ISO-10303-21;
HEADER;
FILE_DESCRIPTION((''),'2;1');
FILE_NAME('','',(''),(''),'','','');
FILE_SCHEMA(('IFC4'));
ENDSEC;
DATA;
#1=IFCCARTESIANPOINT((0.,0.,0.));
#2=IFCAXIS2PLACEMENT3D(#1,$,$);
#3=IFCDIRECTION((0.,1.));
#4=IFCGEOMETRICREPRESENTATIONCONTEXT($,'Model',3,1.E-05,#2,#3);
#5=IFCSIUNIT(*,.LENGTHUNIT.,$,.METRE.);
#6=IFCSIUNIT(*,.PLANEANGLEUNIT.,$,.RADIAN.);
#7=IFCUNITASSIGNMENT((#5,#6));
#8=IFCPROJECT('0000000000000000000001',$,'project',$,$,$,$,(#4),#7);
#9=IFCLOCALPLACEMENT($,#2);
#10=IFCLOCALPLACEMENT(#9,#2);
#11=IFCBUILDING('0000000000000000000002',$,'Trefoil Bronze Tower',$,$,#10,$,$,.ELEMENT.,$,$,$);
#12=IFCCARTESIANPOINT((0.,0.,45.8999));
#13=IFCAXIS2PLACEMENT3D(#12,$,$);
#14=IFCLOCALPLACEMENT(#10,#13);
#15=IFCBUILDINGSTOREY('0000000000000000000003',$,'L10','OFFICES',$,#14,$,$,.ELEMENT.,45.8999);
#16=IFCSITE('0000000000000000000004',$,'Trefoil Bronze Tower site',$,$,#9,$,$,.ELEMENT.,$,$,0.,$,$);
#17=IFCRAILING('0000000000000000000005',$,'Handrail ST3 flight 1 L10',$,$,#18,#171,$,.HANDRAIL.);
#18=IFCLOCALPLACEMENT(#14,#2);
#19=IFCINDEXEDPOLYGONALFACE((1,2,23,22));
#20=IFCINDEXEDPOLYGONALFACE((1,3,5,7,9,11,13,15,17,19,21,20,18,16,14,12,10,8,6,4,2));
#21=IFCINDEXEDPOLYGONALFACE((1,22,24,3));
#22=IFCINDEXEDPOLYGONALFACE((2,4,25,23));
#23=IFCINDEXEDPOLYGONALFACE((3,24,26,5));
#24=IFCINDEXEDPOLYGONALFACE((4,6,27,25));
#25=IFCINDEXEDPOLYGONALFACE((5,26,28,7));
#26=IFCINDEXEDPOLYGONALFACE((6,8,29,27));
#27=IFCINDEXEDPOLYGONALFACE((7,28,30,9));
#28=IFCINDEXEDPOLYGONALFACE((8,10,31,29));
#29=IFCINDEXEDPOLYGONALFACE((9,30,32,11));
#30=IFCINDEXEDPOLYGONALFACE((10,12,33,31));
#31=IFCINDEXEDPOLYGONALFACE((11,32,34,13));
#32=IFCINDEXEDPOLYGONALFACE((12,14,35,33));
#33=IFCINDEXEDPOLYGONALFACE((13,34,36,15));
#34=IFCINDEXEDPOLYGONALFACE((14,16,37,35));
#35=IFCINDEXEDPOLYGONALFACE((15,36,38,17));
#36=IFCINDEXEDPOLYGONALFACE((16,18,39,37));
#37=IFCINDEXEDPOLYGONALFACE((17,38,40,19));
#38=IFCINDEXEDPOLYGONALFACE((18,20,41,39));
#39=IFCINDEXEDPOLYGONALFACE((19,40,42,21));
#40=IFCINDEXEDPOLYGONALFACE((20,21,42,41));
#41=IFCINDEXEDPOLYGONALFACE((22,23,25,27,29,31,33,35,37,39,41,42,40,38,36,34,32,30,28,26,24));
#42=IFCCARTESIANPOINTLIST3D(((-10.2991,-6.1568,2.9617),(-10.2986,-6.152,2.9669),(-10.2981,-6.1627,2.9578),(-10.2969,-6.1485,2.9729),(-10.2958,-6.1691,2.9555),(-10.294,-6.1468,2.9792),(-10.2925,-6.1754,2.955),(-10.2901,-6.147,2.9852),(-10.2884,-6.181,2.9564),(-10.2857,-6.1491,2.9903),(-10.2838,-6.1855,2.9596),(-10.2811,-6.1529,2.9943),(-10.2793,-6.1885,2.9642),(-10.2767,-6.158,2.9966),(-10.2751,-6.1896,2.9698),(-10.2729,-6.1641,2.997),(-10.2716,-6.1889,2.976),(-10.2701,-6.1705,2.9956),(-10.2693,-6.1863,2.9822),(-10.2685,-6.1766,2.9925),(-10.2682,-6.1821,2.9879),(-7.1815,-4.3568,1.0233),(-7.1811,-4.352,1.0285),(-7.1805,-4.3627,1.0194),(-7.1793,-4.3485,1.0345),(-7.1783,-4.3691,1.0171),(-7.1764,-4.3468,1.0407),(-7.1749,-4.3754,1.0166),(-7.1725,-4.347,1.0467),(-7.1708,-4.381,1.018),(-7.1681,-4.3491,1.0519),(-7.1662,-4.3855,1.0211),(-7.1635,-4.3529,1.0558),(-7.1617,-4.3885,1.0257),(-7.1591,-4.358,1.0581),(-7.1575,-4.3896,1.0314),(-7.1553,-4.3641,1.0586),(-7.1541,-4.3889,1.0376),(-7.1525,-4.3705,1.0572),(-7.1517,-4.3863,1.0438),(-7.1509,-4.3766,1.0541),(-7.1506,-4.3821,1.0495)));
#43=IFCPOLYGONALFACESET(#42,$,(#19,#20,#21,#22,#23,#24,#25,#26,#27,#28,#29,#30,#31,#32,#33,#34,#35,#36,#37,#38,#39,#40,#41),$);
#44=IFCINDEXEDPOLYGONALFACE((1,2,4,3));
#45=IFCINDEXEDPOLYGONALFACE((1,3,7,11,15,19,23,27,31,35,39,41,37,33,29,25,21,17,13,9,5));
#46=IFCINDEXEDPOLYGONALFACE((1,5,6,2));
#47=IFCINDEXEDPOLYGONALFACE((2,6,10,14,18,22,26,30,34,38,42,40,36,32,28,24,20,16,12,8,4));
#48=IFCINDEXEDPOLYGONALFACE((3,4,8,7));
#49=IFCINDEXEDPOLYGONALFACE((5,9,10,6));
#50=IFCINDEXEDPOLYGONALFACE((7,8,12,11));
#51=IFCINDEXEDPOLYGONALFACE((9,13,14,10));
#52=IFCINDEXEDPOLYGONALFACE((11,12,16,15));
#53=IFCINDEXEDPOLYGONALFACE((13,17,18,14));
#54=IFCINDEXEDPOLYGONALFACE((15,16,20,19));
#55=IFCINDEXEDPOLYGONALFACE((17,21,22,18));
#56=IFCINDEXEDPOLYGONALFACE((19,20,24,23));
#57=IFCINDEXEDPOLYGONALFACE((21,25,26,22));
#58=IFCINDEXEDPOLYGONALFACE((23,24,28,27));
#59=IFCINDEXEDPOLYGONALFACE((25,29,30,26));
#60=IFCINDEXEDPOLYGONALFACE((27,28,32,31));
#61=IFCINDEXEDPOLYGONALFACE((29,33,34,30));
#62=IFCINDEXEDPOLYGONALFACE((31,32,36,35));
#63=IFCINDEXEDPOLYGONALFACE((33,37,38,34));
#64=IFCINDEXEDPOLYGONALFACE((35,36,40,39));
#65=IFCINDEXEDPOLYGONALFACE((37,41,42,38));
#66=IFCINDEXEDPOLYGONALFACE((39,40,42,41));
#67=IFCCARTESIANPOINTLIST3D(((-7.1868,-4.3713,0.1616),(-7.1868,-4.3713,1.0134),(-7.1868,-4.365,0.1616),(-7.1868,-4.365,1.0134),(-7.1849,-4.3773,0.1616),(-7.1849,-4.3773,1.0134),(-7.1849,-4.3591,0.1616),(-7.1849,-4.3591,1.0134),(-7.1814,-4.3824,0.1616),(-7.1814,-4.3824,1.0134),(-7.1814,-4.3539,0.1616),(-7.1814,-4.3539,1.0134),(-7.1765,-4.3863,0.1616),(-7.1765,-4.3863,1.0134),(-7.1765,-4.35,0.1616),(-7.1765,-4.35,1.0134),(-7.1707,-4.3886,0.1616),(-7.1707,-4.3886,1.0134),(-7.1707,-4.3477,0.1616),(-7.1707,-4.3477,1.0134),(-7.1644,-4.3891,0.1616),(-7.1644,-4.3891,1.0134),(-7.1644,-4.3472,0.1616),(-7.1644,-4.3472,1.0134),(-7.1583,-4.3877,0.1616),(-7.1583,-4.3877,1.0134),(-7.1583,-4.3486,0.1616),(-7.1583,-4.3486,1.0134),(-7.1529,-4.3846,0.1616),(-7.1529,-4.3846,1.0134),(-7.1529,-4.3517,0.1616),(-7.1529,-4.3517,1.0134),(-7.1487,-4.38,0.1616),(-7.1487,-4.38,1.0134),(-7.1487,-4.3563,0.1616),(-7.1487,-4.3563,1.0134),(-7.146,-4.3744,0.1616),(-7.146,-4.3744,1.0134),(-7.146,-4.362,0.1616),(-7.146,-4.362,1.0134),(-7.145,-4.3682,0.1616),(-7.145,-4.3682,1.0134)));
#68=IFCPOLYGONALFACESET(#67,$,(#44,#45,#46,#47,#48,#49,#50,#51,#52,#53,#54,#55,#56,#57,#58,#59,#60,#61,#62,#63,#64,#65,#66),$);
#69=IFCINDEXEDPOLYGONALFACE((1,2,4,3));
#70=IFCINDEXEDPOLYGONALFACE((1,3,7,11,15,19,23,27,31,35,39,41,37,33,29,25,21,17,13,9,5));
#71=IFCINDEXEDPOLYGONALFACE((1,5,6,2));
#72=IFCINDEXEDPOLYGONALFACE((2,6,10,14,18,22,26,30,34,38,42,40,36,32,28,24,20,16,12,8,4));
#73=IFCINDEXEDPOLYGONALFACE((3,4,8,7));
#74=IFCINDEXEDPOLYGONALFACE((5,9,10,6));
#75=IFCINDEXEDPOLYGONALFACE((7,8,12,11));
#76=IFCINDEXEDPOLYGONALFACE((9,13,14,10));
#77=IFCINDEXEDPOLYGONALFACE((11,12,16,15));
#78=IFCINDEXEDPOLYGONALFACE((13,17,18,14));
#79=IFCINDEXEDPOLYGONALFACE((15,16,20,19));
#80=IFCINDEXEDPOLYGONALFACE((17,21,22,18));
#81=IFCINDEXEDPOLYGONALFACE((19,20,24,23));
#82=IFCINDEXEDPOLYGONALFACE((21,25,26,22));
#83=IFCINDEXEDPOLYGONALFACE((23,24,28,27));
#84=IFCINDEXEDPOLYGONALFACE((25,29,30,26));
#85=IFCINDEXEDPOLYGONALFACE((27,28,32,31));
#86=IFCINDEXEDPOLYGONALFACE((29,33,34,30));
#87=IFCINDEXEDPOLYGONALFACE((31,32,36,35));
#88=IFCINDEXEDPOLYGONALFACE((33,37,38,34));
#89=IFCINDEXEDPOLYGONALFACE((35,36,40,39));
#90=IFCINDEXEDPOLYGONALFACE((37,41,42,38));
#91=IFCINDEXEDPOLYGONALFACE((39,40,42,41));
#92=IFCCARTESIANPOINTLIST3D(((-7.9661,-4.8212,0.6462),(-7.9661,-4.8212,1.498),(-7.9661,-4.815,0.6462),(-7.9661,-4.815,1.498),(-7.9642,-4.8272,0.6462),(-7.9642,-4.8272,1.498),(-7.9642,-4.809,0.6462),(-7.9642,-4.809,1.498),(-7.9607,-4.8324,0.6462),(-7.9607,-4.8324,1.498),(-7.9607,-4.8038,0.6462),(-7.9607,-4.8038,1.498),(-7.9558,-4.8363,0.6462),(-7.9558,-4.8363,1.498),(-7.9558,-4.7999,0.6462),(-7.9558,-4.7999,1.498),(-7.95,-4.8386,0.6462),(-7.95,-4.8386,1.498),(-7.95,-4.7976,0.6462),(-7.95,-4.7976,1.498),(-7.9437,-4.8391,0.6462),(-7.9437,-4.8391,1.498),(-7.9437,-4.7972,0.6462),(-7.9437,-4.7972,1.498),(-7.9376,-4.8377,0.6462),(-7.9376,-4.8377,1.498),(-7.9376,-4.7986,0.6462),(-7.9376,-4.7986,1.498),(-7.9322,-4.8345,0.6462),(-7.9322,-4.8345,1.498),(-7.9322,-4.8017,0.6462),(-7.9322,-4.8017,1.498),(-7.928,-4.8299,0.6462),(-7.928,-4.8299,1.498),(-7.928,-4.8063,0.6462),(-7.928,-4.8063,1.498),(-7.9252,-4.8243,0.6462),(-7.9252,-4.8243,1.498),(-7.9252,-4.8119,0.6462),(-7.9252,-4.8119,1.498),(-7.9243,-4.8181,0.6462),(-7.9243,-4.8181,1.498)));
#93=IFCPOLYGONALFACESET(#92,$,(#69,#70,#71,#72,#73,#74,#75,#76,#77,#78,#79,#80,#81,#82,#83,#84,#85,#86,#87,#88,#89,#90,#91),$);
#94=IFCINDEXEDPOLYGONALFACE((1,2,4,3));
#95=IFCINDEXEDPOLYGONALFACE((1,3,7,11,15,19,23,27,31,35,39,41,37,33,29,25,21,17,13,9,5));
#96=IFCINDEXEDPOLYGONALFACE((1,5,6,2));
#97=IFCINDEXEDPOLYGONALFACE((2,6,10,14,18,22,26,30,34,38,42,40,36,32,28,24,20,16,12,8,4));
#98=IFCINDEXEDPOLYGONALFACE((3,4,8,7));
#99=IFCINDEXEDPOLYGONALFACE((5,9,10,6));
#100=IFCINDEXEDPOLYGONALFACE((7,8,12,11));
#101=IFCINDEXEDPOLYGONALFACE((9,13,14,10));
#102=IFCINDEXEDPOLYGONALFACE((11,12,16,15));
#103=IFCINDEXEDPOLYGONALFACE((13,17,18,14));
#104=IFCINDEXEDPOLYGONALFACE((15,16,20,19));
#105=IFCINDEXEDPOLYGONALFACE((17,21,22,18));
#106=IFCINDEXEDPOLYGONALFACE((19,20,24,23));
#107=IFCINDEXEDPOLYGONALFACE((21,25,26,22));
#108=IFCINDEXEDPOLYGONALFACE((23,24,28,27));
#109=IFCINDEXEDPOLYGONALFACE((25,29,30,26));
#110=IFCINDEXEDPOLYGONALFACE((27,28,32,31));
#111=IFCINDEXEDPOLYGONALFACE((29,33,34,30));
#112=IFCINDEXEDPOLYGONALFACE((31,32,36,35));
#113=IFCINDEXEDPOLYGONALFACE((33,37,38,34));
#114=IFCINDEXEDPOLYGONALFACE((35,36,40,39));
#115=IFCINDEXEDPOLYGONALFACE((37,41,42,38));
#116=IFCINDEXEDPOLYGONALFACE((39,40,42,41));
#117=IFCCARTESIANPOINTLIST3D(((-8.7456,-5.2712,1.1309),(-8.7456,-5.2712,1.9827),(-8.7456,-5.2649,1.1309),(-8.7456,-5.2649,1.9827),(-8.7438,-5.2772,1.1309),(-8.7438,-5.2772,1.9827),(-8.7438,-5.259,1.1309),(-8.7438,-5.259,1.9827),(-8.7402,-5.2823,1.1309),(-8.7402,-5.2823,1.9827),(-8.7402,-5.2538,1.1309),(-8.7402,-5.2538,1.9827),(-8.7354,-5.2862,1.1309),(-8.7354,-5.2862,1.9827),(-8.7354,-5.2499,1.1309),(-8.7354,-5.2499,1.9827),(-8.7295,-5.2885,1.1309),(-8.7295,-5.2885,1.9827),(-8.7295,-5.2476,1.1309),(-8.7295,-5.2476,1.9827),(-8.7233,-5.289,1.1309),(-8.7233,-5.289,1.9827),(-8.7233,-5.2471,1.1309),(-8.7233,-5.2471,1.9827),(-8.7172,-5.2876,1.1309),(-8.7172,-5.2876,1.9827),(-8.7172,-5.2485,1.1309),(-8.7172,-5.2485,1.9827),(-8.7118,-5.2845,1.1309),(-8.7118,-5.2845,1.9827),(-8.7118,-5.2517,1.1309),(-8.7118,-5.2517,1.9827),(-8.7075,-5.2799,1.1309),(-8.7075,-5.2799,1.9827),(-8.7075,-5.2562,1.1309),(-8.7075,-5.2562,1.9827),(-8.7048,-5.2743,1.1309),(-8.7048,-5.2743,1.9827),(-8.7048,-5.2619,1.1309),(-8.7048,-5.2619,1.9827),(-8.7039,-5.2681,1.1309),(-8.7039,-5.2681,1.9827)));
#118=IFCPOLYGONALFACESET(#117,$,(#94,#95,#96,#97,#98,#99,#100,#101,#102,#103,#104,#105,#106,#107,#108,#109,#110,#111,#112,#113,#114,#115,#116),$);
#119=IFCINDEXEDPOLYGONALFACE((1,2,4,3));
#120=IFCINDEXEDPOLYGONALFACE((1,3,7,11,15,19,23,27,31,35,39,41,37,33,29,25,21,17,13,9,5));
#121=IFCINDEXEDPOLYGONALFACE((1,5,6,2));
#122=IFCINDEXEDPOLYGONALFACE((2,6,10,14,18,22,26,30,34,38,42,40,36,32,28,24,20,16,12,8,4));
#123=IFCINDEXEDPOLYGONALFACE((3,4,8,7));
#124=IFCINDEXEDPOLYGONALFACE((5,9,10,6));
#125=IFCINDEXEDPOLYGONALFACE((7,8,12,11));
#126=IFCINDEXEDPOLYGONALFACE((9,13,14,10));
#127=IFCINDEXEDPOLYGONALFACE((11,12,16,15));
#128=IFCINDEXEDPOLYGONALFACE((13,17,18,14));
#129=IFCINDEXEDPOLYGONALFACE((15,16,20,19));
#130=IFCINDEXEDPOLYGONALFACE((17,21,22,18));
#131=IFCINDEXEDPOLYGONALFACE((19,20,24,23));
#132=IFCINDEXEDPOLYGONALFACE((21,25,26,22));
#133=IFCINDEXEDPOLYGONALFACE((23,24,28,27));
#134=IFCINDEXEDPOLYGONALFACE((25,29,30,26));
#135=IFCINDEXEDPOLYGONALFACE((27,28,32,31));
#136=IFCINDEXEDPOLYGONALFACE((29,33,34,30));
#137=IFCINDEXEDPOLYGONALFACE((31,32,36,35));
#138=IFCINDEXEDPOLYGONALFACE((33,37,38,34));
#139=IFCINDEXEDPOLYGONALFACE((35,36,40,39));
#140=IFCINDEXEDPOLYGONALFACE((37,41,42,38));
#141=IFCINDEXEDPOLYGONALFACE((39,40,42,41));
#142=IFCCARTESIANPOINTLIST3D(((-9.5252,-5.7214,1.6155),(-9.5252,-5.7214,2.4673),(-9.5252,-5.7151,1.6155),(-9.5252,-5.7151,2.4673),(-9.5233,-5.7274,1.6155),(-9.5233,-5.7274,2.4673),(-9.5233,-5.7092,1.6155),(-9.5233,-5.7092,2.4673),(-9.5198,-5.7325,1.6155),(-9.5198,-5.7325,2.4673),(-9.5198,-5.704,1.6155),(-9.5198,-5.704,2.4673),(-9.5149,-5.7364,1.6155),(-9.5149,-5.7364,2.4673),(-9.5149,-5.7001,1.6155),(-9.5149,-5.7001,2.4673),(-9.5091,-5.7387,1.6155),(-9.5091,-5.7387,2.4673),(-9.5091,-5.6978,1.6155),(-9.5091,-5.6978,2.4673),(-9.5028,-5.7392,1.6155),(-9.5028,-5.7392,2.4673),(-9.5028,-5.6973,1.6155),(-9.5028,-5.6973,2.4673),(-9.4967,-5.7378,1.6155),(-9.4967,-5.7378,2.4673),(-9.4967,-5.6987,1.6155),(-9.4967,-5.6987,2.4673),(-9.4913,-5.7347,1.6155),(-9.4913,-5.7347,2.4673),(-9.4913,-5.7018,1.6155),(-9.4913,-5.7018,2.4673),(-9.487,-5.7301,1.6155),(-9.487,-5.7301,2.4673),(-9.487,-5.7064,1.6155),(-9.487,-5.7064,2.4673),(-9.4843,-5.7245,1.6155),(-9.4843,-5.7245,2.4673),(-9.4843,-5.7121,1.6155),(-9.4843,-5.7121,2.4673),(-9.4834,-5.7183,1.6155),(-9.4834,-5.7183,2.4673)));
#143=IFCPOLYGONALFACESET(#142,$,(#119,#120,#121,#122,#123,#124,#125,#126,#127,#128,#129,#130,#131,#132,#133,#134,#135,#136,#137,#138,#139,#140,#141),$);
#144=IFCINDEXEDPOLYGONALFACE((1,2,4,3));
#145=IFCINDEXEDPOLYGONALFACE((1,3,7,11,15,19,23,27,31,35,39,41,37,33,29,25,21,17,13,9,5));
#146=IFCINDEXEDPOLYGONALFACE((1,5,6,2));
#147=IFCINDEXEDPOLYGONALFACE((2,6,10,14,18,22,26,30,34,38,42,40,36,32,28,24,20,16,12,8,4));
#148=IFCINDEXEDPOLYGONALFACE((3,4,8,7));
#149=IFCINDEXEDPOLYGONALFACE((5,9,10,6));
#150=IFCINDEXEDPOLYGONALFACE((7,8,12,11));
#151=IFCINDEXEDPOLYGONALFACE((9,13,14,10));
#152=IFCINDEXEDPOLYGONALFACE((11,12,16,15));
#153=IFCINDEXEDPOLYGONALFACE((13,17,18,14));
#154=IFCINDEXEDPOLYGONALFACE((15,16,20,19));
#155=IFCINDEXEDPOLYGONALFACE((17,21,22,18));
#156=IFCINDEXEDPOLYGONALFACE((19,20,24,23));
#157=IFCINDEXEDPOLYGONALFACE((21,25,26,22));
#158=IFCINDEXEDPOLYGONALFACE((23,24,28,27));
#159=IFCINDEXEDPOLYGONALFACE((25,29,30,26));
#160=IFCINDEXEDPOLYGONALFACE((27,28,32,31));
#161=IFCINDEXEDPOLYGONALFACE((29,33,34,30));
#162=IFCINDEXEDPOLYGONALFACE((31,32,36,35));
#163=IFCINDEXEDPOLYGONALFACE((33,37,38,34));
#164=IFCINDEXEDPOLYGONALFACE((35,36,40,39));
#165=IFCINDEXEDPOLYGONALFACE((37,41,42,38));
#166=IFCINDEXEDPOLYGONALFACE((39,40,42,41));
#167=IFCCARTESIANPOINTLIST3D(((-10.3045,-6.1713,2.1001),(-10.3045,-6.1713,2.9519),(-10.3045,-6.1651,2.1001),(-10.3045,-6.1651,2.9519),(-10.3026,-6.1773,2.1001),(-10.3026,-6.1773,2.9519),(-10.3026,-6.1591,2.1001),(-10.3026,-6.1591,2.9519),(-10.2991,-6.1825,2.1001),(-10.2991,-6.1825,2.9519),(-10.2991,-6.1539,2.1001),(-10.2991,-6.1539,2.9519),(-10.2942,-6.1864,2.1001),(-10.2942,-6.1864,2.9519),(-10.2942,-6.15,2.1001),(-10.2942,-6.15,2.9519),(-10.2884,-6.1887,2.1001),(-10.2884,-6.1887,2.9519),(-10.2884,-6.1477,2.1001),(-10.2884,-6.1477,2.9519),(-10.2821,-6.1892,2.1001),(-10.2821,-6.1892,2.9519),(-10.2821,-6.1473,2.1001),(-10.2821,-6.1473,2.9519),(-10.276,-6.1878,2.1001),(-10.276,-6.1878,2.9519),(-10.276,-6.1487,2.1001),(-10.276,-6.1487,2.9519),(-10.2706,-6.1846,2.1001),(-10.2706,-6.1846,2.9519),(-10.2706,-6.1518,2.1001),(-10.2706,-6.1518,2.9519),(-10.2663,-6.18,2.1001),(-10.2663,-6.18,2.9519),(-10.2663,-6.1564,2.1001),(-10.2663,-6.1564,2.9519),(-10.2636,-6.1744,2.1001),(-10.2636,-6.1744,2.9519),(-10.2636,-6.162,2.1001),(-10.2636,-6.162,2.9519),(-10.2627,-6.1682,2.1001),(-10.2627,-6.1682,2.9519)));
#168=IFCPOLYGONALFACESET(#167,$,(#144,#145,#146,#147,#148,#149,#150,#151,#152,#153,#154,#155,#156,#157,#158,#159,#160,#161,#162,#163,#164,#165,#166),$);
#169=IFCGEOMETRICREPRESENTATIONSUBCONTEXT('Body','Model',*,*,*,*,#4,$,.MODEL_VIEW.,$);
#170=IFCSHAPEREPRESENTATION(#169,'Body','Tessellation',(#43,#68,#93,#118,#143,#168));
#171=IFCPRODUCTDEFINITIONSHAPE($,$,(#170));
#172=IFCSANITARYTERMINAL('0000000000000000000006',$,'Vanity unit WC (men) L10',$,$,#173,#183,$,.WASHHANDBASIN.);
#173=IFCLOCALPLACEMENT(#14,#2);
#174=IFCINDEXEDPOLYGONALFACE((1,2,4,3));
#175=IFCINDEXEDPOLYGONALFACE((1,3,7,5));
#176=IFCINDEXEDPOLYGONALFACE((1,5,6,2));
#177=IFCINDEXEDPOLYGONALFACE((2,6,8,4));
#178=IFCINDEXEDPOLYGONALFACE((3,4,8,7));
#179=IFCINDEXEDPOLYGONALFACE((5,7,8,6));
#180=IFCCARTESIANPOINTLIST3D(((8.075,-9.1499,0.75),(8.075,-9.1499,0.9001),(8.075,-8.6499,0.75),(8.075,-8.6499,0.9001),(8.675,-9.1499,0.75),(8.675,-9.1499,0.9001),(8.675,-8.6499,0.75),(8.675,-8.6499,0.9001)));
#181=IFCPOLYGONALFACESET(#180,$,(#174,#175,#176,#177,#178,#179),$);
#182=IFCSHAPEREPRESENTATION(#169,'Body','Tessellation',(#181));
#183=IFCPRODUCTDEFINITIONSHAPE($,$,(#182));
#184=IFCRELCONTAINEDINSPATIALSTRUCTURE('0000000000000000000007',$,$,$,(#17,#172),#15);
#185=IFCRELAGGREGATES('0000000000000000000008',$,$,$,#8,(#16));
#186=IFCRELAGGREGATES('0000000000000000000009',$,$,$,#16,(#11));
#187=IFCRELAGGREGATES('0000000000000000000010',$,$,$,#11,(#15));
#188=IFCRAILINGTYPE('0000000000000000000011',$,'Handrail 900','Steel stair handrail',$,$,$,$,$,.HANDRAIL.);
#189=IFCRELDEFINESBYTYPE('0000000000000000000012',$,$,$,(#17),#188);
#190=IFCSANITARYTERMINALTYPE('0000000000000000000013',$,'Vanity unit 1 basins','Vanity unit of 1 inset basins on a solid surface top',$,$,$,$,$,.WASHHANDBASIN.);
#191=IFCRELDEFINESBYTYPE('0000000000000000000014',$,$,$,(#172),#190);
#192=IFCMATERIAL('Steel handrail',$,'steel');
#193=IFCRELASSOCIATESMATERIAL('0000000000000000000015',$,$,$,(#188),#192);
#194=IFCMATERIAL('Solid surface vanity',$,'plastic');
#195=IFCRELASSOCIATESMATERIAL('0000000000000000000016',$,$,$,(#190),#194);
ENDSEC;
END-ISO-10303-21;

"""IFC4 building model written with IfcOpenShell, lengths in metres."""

from ifc_helpers import new_model, si_unit, direction, frame, origin, origin_2d, place, context, subcontext, project, spatial, polyline, circle, outline, extrude, material, type_object, element, save


model = new_model("IFC4")

# Units and contexts
model_context = context("Model", 3, precision=1e-05, world=origin(), true_north=direction((0.0, 1.0)))
body_context = subcontext(model_context, "Body", "Model", "MODEL_VIEW")
ifc_project = project(units=[si_unit("LENGTHUNIT", "METRE"), si_unit("PLANEANGLEUNIT", "RADIAN")], contexts=[model_context])

# Site, building, storey
site_placement = place(None, origin())
site = spatial("IfcSite", under=ifc_project, at=site_placement, Name="Trefoil Bronze Tower site", CompositionType="ELEMENT", RefElevation=0.0)
building_placement = place(site_placement, origin())
building = spatial("IfcBuilding", under=site, at=building_placement, Name="Trefoil Bronze Tower", CompositionType="ELEMENT")
storey_placement = place(building_placement, frame((0.0, 0.0, 45.8999)))
storey = spatial("IfcBuildingStorey", under=building, at=storey_placement, Name="L10", Description="OFFICES", CompositionType="ELEMENT", Elevation=45.8999)

# Railing
ifc_material_1 = material(Name="Steel handrail", Category="steel")
railing_type = type_object("IfcRailingType", Name="Handrail 900", Description="Steel stair handrail", PredefinedType="HANDRAIL", material=ifc_material_1)
railing_placement = place(storey_placement, frame((-7.166, -4.3682, 0.1616)))
element("IfcRailing", 1, at=railing_placement, inside=storey, type_object=railing_type, Name="Handrail ST3 flight 1 L10", PredefinedType="HANDRAIL", context=body_context, shape_type="SweptSolid", body=[
    extrude(circle(Radius=0.0239, at=origin_2d()), frame((0.0, 0.0, 0.876), z_axis=(-0.762503, -0.440246, 0.474102), x_axis=(0.500012, -0.866018, 0.0)), (0.0, 0.0, 1.0), 4.0886),
    extrude(circle(Radius=0.021, at=origin_2d()), origin(), (0.0, 0.0, 1.0), 0.8518),
    extrude(circle(Radius=0.021, at=origin_2d()), frame((-0.7793, -0.45, 0.4846)), (0.0, 0.0, 1.0), 0.8518),
    extrude(circle(Radius=0.021, at=origin_2d()), frame((-1.5588, -0.8999, 0.9692)), (0.0, 0.0, 1.0), 0.8518),
    extrude(circle(Radius=0.021, at=origin_2d()), frame((-2.3384, -1.3501, 1.4539)), (0.0, 0.0, 1.0), 0.8518),
    extrude(circle(Radius=0.021, at=origin_2d()), frame((-3.1177, -1.8, 1.9385)), (0.0, 0.0, 1.0), 0.8518),
])

# Sanitary terminal
ifc_material_2 = material(Name="Solid surface vanity", Category="plastic")
sanitary_terminal_type = type_object("IfcSanitaryTerminalType", Name="Vanity unit 1 basins", Description="Vanity unit of 1 inset basins on a solid surface top", PredefinedType="WASHHANDBASIN", material=ifc_material_2)
sanitary_terminal_placement = place(storey_placement, frame((0.0, 0.0, 0.75)))
element("IfcSanitaryTerminal", 2, at=sanitary_terminal_placement, inside=storey, type_object=sanitary_terminal_type, Name="Vanity unit WC (men) L10", PredefinedType="WASHHANDBASIN", context=body_context, shape_type="SweptSolid", body=[
    extrude(outline(polyline([(8.075, -8.6499), (8.675, -8.6499), (8.675, -9.1499), (8.075, -9.1499), (8.075, -8.6499)])), origin(), (0.0, 0.0, 1.0), 0.1501),
])

save(model, "model.ifc")
